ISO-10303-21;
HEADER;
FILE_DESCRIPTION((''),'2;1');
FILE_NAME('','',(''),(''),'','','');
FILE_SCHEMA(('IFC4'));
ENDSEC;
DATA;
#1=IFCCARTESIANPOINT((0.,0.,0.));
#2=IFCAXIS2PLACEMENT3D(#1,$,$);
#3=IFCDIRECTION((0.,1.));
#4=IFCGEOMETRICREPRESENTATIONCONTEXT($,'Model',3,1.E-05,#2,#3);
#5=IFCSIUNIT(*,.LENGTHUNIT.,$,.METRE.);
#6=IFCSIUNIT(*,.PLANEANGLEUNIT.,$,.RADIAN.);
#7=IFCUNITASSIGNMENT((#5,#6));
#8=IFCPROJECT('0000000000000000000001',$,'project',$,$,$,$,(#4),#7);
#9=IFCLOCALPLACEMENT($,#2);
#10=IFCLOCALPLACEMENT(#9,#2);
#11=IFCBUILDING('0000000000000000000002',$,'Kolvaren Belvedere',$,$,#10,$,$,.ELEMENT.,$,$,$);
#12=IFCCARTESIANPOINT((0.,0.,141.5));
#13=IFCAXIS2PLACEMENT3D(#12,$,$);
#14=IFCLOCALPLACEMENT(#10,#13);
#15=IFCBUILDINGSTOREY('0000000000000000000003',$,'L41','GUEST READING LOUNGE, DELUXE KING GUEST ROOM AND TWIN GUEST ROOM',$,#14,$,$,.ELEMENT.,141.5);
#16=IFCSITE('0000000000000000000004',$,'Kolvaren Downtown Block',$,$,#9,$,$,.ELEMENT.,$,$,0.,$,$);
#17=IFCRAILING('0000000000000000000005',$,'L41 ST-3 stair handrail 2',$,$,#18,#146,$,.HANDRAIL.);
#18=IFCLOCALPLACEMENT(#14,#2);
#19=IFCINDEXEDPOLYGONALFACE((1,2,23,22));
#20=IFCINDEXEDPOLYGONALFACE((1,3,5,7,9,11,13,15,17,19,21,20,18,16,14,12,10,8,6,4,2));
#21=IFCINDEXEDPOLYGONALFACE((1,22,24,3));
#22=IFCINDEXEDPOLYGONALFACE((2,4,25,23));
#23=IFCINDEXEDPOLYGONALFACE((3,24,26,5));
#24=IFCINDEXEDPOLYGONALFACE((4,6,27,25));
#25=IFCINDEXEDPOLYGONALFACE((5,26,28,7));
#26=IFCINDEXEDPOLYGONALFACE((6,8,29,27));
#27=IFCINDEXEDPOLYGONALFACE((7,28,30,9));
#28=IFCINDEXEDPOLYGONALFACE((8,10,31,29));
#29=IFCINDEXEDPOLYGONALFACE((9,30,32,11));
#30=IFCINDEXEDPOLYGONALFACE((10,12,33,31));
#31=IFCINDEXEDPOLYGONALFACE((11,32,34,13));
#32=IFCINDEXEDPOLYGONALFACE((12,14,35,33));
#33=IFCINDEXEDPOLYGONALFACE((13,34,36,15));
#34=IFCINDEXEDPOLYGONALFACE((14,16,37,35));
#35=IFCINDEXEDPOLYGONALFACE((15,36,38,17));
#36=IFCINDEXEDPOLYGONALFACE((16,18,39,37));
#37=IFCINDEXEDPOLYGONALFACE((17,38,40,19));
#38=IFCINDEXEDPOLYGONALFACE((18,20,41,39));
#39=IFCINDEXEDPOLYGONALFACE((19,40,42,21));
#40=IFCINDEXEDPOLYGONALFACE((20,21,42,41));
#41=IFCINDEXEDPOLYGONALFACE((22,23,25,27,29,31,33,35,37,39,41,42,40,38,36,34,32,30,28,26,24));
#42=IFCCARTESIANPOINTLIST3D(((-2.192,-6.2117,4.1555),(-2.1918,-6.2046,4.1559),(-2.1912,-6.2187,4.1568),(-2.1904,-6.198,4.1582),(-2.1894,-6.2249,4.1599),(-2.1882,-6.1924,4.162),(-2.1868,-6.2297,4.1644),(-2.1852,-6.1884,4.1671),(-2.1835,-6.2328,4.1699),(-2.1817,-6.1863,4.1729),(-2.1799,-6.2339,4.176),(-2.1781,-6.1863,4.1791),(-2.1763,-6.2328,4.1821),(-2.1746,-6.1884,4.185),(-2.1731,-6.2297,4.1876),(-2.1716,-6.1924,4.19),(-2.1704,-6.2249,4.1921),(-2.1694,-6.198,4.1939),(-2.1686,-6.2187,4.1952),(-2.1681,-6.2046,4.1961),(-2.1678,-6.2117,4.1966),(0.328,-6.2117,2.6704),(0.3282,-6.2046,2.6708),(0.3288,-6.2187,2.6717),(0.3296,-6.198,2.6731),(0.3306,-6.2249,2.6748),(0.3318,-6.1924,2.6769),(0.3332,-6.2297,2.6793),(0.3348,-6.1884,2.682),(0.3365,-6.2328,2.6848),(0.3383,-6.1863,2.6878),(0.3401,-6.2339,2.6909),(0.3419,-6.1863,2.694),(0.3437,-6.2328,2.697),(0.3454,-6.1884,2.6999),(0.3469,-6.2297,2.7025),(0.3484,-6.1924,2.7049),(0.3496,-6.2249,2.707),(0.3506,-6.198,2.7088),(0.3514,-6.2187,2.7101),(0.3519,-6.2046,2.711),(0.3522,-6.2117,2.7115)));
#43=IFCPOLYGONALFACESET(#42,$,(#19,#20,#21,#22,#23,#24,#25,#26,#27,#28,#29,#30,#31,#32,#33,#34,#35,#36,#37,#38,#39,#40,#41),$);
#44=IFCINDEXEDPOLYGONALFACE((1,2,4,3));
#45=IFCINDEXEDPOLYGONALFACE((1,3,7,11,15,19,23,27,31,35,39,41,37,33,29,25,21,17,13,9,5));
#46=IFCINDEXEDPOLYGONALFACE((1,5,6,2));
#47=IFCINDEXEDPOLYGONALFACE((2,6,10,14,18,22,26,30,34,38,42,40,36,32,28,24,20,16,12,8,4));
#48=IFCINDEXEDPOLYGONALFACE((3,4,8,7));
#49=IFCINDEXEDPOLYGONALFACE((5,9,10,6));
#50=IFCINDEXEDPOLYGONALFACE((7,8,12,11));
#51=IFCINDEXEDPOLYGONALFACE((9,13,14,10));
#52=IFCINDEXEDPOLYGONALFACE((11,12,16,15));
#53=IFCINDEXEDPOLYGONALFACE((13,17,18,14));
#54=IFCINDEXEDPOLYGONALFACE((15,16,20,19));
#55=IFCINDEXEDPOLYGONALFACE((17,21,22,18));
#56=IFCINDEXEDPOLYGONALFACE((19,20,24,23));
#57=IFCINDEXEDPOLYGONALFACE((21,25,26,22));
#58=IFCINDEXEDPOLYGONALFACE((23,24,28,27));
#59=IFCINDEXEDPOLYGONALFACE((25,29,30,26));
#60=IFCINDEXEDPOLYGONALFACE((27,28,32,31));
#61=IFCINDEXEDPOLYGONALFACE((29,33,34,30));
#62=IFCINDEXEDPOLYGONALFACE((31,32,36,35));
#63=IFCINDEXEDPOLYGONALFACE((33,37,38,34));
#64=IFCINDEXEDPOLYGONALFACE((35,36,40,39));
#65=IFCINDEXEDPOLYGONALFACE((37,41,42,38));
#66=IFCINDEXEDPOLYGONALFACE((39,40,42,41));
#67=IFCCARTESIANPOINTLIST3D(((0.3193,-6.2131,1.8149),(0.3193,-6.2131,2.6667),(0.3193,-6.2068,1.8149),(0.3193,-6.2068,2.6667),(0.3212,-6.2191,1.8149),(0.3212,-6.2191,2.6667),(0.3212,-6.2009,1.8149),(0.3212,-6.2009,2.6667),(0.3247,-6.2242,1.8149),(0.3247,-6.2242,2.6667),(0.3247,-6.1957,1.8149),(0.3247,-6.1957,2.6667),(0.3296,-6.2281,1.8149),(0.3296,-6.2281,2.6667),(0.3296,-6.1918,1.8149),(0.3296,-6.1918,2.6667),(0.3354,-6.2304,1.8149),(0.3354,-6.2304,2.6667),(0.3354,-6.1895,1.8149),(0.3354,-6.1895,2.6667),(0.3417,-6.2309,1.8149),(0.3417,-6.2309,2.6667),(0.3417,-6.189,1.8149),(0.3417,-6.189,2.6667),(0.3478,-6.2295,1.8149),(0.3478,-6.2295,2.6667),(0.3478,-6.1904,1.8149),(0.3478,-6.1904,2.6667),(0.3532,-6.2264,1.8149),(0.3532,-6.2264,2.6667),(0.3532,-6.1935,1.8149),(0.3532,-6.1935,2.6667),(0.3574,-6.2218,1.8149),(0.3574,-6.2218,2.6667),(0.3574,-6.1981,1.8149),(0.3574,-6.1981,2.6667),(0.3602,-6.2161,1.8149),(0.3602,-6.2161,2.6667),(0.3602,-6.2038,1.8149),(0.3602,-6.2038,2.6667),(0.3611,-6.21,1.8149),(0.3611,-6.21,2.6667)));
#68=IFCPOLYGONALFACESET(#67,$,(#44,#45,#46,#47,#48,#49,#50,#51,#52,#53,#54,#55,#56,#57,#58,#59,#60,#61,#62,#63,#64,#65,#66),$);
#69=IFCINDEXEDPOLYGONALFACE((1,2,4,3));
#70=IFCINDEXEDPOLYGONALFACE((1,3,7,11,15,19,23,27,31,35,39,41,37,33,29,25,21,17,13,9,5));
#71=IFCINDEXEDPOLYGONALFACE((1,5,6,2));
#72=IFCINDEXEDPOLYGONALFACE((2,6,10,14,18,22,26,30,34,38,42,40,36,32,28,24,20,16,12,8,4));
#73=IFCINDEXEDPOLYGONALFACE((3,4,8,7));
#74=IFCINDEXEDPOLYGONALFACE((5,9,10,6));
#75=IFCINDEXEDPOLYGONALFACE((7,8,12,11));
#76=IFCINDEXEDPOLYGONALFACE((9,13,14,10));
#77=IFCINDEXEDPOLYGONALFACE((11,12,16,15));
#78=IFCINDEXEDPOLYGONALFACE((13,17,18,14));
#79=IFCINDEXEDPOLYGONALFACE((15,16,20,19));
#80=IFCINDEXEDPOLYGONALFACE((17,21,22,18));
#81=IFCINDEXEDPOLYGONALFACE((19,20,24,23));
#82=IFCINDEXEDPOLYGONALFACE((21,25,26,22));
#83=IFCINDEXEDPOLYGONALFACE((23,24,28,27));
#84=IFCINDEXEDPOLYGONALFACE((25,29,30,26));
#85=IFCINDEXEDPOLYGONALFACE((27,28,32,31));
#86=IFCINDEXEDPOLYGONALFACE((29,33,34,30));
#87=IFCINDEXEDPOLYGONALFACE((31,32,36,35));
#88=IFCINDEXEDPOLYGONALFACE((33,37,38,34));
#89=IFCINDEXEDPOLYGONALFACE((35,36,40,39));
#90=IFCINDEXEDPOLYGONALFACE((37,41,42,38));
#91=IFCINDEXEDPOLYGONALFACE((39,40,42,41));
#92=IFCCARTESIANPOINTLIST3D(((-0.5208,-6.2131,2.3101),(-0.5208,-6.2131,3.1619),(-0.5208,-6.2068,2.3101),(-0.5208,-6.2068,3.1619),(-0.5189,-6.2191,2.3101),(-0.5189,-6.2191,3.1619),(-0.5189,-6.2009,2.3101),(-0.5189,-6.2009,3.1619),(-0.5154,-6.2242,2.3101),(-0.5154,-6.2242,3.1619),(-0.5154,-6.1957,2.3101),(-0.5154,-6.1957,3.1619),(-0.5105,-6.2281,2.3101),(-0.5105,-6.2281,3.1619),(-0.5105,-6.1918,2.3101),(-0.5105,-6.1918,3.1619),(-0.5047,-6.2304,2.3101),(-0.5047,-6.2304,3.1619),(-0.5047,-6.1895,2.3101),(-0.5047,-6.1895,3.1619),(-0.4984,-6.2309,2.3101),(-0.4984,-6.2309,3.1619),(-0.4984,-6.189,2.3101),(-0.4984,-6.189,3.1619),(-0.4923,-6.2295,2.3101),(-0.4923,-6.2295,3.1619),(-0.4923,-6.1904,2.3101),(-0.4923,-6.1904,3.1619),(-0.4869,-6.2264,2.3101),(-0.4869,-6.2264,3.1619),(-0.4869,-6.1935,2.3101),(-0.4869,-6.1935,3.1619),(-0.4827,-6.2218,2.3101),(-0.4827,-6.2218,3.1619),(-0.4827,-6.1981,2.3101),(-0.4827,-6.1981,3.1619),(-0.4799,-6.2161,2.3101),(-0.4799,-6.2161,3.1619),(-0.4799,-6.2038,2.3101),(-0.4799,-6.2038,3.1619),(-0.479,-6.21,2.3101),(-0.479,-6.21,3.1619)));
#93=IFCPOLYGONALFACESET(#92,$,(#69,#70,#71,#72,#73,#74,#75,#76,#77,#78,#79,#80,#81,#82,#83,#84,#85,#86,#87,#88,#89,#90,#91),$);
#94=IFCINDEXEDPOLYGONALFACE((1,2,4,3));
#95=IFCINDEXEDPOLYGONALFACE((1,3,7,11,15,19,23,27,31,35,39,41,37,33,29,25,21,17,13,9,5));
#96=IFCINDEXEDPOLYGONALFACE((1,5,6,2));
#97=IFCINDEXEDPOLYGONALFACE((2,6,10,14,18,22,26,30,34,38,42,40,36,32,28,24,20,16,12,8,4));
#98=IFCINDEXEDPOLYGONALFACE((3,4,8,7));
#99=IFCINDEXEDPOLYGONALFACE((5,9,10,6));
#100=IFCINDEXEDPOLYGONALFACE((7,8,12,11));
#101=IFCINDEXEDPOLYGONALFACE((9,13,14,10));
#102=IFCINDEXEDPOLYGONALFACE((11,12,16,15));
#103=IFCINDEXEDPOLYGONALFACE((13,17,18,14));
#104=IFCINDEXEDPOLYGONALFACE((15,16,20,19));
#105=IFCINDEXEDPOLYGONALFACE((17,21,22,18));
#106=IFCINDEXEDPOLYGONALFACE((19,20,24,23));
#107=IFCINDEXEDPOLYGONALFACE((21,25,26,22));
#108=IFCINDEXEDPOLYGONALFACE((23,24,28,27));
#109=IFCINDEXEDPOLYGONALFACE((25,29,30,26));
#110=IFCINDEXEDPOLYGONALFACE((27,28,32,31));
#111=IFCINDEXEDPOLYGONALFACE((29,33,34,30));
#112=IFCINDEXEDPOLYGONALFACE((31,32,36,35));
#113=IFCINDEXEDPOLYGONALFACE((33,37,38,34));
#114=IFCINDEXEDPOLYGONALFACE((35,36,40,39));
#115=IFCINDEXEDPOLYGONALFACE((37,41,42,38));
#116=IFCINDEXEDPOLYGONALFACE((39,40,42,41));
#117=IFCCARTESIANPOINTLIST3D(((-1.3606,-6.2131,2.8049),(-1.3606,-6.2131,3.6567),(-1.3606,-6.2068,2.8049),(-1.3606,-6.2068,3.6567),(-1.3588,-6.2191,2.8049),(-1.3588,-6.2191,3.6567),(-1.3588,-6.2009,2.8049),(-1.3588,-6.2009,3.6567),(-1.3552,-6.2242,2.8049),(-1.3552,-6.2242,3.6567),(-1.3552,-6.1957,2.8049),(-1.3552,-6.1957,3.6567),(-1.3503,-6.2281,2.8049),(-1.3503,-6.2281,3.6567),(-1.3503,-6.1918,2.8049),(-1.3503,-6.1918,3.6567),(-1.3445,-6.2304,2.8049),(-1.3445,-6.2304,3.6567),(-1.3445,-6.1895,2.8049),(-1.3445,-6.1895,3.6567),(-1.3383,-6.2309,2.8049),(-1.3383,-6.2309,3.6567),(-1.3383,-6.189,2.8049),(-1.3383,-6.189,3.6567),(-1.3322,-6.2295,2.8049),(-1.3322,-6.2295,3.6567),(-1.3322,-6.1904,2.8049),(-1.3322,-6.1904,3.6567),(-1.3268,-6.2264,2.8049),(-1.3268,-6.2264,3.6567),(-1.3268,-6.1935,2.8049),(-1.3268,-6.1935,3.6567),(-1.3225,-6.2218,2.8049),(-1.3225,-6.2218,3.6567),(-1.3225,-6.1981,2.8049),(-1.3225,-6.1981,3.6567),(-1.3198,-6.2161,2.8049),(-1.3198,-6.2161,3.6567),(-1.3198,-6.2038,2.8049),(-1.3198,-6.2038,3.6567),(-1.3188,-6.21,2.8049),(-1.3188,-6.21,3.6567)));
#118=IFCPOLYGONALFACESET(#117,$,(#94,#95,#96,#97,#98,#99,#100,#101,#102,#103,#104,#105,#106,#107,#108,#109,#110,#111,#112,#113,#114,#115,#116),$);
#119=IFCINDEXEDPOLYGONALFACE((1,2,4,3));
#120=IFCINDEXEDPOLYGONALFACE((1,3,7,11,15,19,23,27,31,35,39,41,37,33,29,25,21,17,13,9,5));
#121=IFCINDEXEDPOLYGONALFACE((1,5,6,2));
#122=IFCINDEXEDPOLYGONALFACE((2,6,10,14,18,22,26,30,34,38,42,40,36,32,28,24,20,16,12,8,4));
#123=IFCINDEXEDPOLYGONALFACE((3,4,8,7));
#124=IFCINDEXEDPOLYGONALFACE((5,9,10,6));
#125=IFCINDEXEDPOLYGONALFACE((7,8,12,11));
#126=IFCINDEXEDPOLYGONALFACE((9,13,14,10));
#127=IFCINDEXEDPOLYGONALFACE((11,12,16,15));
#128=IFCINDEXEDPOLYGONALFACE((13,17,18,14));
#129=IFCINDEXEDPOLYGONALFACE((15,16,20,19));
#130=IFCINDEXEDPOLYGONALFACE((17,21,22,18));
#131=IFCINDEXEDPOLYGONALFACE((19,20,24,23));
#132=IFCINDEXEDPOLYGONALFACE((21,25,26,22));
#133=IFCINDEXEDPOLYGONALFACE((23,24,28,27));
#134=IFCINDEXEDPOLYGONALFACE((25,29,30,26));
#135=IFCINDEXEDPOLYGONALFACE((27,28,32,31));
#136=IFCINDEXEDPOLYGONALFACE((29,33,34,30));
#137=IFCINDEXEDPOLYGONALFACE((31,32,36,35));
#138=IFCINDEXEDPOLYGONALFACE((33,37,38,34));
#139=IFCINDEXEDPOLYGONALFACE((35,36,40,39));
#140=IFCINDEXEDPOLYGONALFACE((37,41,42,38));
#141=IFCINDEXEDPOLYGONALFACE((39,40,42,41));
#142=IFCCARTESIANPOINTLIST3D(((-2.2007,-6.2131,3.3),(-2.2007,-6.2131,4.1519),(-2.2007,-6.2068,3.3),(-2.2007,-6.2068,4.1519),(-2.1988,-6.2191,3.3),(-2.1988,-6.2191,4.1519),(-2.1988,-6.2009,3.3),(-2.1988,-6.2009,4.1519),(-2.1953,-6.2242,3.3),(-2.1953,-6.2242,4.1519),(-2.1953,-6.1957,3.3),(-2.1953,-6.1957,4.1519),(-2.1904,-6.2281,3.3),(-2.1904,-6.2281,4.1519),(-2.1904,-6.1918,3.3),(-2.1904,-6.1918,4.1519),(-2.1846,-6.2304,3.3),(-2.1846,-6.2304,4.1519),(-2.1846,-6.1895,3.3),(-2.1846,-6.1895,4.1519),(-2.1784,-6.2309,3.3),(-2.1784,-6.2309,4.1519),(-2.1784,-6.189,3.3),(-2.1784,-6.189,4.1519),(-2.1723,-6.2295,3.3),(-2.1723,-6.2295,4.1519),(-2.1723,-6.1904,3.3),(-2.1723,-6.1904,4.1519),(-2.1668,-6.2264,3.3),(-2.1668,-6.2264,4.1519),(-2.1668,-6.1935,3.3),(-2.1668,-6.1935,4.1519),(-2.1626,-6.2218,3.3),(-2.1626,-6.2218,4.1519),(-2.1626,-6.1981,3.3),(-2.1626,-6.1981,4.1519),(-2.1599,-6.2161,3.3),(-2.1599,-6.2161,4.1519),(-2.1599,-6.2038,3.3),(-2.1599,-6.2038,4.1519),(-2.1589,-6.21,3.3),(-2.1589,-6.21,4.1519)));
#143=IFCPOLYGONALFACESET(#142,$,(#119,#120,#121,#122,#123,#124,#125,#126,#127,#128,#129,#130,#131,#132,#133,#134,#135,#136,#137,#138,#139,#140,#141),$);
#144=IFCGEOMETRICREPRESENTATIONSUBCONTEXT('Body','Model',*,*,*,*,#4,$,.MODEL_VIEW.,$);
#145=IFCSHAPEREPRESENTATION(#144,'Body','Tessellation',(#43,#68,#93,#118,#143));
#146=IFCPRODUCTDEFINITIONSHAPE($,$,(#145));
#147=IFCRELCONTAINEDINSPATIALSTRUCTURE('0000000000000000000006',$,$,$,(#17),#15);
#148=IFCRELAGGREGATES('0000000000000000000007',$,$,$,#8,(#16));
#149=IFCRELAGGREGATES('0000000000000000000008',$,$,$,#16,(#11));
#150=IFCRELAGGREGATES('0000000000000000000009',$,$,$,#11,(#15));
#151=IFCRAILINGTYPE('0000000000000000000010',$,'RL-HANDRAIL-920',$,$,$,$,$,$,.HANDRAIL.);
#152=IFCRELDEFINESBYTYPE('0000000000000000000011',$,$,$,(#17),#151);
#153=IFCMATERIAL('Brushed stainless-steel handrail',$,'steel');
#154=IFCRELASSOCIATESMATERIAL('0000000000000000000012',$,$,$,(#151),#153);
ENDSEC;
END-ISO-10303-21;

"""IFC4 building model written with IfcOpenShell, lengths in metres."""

from ifc_helpers import new_model, si_unit, direction, frame, origin, origin_2d, place, context, subcontext, project, spatial, circle, extrude, material, type_object, element, save


model = new_model("IFC4")

# Units and contexts
model_context = context("Model", 3, precision=1e-05, world=origin(), true_north=direction((0.0, 1.0)))
body_context = subcontext(model_context, "Body", "Model", "MODEL_VIEW")
ifc_project = project(units=[si_unit("LENGTHUNIT", "METRE"), si_unit("PLANEANGLEUNIT", "RADIAN")], contexts=[model_context])

# Site, building, storey
site_placement = place(None, origin())
site = spatial("IfcSite", under=ifc_project, at=site_placement, Name="Kolvaren Downtown Block", CompositionType="ELEMENT", RefElevation=0.0)
building_placement = place(site_placement, origin())
building = spatial("IfcBuilding", under=site, at=building_placement, Name="Kolvaren Belvedere", CompositionType="ELEMENT")
storey_placement = place(building_placement, frame((0.0, 0.0, 141.5)))
storey = spatial("IfcBuildingStorey", under=building, at=storey_placement, Name="L41", Description="GUEST READING LOUNGE, DELUXE KING GUEST ROOM AND TWIN GUEST ROOM", CompositionType="ELEMENT", Elevation=141.5)

# Railing
ifc_material_1 = material(Name="Brushed stainless-steel handrail", Category="steel")
railing_type_1 = type_object("IfcRailingType", Name="RL-HANDRAIL-920", PredefinedType="HANDRAIL", material=ifc_material_1)
railing_1_placement = place(storey_placement, frame((0.3401, -6.21, 1.8149)))
element("IfcRailing", 1, at=railing_1_placement, inside=storey, type_object=railing_type_1, Name="L41 ST-3 stair handrail 2", PredefinedType="HANDRAIL", context=body_context, shape_type="SweptSolid", body=[
    extrude(circle(Radius=0.0239, at=origin_2d()), frame((0.0, 0.0, 0.876), z_axis=(-0.861524, 0.0, 0.507717), x_axis=(0.0, -1.0, 0.0)), (0.0, 0.0, 1.0), 2.925),
    extrude(circle(Radius=0.021, at=origin_2d()), origin(), (0.0, 0.0, 1.0), 0.8518),
    extrude(circle(Radius=0.021, at=origin_2d()), frame((-0.8401, 0.0, 0.4951)), (0.0, 0.0, 1.0), 0.8518),
    extrude(circle(Radius=0.021, at=origin_2d()), frame((-1.6799, 0.0, 0.99)), (0.0, 0.0, 1.0), 0.8518),
    extrude(circle(Radius=0.021, at=origin_2d()), frame((-2.52, 0.0, 1.4851)), (0.0, 0.0, 1.0), 0.8518),
])

save(model, "model.ifc")
